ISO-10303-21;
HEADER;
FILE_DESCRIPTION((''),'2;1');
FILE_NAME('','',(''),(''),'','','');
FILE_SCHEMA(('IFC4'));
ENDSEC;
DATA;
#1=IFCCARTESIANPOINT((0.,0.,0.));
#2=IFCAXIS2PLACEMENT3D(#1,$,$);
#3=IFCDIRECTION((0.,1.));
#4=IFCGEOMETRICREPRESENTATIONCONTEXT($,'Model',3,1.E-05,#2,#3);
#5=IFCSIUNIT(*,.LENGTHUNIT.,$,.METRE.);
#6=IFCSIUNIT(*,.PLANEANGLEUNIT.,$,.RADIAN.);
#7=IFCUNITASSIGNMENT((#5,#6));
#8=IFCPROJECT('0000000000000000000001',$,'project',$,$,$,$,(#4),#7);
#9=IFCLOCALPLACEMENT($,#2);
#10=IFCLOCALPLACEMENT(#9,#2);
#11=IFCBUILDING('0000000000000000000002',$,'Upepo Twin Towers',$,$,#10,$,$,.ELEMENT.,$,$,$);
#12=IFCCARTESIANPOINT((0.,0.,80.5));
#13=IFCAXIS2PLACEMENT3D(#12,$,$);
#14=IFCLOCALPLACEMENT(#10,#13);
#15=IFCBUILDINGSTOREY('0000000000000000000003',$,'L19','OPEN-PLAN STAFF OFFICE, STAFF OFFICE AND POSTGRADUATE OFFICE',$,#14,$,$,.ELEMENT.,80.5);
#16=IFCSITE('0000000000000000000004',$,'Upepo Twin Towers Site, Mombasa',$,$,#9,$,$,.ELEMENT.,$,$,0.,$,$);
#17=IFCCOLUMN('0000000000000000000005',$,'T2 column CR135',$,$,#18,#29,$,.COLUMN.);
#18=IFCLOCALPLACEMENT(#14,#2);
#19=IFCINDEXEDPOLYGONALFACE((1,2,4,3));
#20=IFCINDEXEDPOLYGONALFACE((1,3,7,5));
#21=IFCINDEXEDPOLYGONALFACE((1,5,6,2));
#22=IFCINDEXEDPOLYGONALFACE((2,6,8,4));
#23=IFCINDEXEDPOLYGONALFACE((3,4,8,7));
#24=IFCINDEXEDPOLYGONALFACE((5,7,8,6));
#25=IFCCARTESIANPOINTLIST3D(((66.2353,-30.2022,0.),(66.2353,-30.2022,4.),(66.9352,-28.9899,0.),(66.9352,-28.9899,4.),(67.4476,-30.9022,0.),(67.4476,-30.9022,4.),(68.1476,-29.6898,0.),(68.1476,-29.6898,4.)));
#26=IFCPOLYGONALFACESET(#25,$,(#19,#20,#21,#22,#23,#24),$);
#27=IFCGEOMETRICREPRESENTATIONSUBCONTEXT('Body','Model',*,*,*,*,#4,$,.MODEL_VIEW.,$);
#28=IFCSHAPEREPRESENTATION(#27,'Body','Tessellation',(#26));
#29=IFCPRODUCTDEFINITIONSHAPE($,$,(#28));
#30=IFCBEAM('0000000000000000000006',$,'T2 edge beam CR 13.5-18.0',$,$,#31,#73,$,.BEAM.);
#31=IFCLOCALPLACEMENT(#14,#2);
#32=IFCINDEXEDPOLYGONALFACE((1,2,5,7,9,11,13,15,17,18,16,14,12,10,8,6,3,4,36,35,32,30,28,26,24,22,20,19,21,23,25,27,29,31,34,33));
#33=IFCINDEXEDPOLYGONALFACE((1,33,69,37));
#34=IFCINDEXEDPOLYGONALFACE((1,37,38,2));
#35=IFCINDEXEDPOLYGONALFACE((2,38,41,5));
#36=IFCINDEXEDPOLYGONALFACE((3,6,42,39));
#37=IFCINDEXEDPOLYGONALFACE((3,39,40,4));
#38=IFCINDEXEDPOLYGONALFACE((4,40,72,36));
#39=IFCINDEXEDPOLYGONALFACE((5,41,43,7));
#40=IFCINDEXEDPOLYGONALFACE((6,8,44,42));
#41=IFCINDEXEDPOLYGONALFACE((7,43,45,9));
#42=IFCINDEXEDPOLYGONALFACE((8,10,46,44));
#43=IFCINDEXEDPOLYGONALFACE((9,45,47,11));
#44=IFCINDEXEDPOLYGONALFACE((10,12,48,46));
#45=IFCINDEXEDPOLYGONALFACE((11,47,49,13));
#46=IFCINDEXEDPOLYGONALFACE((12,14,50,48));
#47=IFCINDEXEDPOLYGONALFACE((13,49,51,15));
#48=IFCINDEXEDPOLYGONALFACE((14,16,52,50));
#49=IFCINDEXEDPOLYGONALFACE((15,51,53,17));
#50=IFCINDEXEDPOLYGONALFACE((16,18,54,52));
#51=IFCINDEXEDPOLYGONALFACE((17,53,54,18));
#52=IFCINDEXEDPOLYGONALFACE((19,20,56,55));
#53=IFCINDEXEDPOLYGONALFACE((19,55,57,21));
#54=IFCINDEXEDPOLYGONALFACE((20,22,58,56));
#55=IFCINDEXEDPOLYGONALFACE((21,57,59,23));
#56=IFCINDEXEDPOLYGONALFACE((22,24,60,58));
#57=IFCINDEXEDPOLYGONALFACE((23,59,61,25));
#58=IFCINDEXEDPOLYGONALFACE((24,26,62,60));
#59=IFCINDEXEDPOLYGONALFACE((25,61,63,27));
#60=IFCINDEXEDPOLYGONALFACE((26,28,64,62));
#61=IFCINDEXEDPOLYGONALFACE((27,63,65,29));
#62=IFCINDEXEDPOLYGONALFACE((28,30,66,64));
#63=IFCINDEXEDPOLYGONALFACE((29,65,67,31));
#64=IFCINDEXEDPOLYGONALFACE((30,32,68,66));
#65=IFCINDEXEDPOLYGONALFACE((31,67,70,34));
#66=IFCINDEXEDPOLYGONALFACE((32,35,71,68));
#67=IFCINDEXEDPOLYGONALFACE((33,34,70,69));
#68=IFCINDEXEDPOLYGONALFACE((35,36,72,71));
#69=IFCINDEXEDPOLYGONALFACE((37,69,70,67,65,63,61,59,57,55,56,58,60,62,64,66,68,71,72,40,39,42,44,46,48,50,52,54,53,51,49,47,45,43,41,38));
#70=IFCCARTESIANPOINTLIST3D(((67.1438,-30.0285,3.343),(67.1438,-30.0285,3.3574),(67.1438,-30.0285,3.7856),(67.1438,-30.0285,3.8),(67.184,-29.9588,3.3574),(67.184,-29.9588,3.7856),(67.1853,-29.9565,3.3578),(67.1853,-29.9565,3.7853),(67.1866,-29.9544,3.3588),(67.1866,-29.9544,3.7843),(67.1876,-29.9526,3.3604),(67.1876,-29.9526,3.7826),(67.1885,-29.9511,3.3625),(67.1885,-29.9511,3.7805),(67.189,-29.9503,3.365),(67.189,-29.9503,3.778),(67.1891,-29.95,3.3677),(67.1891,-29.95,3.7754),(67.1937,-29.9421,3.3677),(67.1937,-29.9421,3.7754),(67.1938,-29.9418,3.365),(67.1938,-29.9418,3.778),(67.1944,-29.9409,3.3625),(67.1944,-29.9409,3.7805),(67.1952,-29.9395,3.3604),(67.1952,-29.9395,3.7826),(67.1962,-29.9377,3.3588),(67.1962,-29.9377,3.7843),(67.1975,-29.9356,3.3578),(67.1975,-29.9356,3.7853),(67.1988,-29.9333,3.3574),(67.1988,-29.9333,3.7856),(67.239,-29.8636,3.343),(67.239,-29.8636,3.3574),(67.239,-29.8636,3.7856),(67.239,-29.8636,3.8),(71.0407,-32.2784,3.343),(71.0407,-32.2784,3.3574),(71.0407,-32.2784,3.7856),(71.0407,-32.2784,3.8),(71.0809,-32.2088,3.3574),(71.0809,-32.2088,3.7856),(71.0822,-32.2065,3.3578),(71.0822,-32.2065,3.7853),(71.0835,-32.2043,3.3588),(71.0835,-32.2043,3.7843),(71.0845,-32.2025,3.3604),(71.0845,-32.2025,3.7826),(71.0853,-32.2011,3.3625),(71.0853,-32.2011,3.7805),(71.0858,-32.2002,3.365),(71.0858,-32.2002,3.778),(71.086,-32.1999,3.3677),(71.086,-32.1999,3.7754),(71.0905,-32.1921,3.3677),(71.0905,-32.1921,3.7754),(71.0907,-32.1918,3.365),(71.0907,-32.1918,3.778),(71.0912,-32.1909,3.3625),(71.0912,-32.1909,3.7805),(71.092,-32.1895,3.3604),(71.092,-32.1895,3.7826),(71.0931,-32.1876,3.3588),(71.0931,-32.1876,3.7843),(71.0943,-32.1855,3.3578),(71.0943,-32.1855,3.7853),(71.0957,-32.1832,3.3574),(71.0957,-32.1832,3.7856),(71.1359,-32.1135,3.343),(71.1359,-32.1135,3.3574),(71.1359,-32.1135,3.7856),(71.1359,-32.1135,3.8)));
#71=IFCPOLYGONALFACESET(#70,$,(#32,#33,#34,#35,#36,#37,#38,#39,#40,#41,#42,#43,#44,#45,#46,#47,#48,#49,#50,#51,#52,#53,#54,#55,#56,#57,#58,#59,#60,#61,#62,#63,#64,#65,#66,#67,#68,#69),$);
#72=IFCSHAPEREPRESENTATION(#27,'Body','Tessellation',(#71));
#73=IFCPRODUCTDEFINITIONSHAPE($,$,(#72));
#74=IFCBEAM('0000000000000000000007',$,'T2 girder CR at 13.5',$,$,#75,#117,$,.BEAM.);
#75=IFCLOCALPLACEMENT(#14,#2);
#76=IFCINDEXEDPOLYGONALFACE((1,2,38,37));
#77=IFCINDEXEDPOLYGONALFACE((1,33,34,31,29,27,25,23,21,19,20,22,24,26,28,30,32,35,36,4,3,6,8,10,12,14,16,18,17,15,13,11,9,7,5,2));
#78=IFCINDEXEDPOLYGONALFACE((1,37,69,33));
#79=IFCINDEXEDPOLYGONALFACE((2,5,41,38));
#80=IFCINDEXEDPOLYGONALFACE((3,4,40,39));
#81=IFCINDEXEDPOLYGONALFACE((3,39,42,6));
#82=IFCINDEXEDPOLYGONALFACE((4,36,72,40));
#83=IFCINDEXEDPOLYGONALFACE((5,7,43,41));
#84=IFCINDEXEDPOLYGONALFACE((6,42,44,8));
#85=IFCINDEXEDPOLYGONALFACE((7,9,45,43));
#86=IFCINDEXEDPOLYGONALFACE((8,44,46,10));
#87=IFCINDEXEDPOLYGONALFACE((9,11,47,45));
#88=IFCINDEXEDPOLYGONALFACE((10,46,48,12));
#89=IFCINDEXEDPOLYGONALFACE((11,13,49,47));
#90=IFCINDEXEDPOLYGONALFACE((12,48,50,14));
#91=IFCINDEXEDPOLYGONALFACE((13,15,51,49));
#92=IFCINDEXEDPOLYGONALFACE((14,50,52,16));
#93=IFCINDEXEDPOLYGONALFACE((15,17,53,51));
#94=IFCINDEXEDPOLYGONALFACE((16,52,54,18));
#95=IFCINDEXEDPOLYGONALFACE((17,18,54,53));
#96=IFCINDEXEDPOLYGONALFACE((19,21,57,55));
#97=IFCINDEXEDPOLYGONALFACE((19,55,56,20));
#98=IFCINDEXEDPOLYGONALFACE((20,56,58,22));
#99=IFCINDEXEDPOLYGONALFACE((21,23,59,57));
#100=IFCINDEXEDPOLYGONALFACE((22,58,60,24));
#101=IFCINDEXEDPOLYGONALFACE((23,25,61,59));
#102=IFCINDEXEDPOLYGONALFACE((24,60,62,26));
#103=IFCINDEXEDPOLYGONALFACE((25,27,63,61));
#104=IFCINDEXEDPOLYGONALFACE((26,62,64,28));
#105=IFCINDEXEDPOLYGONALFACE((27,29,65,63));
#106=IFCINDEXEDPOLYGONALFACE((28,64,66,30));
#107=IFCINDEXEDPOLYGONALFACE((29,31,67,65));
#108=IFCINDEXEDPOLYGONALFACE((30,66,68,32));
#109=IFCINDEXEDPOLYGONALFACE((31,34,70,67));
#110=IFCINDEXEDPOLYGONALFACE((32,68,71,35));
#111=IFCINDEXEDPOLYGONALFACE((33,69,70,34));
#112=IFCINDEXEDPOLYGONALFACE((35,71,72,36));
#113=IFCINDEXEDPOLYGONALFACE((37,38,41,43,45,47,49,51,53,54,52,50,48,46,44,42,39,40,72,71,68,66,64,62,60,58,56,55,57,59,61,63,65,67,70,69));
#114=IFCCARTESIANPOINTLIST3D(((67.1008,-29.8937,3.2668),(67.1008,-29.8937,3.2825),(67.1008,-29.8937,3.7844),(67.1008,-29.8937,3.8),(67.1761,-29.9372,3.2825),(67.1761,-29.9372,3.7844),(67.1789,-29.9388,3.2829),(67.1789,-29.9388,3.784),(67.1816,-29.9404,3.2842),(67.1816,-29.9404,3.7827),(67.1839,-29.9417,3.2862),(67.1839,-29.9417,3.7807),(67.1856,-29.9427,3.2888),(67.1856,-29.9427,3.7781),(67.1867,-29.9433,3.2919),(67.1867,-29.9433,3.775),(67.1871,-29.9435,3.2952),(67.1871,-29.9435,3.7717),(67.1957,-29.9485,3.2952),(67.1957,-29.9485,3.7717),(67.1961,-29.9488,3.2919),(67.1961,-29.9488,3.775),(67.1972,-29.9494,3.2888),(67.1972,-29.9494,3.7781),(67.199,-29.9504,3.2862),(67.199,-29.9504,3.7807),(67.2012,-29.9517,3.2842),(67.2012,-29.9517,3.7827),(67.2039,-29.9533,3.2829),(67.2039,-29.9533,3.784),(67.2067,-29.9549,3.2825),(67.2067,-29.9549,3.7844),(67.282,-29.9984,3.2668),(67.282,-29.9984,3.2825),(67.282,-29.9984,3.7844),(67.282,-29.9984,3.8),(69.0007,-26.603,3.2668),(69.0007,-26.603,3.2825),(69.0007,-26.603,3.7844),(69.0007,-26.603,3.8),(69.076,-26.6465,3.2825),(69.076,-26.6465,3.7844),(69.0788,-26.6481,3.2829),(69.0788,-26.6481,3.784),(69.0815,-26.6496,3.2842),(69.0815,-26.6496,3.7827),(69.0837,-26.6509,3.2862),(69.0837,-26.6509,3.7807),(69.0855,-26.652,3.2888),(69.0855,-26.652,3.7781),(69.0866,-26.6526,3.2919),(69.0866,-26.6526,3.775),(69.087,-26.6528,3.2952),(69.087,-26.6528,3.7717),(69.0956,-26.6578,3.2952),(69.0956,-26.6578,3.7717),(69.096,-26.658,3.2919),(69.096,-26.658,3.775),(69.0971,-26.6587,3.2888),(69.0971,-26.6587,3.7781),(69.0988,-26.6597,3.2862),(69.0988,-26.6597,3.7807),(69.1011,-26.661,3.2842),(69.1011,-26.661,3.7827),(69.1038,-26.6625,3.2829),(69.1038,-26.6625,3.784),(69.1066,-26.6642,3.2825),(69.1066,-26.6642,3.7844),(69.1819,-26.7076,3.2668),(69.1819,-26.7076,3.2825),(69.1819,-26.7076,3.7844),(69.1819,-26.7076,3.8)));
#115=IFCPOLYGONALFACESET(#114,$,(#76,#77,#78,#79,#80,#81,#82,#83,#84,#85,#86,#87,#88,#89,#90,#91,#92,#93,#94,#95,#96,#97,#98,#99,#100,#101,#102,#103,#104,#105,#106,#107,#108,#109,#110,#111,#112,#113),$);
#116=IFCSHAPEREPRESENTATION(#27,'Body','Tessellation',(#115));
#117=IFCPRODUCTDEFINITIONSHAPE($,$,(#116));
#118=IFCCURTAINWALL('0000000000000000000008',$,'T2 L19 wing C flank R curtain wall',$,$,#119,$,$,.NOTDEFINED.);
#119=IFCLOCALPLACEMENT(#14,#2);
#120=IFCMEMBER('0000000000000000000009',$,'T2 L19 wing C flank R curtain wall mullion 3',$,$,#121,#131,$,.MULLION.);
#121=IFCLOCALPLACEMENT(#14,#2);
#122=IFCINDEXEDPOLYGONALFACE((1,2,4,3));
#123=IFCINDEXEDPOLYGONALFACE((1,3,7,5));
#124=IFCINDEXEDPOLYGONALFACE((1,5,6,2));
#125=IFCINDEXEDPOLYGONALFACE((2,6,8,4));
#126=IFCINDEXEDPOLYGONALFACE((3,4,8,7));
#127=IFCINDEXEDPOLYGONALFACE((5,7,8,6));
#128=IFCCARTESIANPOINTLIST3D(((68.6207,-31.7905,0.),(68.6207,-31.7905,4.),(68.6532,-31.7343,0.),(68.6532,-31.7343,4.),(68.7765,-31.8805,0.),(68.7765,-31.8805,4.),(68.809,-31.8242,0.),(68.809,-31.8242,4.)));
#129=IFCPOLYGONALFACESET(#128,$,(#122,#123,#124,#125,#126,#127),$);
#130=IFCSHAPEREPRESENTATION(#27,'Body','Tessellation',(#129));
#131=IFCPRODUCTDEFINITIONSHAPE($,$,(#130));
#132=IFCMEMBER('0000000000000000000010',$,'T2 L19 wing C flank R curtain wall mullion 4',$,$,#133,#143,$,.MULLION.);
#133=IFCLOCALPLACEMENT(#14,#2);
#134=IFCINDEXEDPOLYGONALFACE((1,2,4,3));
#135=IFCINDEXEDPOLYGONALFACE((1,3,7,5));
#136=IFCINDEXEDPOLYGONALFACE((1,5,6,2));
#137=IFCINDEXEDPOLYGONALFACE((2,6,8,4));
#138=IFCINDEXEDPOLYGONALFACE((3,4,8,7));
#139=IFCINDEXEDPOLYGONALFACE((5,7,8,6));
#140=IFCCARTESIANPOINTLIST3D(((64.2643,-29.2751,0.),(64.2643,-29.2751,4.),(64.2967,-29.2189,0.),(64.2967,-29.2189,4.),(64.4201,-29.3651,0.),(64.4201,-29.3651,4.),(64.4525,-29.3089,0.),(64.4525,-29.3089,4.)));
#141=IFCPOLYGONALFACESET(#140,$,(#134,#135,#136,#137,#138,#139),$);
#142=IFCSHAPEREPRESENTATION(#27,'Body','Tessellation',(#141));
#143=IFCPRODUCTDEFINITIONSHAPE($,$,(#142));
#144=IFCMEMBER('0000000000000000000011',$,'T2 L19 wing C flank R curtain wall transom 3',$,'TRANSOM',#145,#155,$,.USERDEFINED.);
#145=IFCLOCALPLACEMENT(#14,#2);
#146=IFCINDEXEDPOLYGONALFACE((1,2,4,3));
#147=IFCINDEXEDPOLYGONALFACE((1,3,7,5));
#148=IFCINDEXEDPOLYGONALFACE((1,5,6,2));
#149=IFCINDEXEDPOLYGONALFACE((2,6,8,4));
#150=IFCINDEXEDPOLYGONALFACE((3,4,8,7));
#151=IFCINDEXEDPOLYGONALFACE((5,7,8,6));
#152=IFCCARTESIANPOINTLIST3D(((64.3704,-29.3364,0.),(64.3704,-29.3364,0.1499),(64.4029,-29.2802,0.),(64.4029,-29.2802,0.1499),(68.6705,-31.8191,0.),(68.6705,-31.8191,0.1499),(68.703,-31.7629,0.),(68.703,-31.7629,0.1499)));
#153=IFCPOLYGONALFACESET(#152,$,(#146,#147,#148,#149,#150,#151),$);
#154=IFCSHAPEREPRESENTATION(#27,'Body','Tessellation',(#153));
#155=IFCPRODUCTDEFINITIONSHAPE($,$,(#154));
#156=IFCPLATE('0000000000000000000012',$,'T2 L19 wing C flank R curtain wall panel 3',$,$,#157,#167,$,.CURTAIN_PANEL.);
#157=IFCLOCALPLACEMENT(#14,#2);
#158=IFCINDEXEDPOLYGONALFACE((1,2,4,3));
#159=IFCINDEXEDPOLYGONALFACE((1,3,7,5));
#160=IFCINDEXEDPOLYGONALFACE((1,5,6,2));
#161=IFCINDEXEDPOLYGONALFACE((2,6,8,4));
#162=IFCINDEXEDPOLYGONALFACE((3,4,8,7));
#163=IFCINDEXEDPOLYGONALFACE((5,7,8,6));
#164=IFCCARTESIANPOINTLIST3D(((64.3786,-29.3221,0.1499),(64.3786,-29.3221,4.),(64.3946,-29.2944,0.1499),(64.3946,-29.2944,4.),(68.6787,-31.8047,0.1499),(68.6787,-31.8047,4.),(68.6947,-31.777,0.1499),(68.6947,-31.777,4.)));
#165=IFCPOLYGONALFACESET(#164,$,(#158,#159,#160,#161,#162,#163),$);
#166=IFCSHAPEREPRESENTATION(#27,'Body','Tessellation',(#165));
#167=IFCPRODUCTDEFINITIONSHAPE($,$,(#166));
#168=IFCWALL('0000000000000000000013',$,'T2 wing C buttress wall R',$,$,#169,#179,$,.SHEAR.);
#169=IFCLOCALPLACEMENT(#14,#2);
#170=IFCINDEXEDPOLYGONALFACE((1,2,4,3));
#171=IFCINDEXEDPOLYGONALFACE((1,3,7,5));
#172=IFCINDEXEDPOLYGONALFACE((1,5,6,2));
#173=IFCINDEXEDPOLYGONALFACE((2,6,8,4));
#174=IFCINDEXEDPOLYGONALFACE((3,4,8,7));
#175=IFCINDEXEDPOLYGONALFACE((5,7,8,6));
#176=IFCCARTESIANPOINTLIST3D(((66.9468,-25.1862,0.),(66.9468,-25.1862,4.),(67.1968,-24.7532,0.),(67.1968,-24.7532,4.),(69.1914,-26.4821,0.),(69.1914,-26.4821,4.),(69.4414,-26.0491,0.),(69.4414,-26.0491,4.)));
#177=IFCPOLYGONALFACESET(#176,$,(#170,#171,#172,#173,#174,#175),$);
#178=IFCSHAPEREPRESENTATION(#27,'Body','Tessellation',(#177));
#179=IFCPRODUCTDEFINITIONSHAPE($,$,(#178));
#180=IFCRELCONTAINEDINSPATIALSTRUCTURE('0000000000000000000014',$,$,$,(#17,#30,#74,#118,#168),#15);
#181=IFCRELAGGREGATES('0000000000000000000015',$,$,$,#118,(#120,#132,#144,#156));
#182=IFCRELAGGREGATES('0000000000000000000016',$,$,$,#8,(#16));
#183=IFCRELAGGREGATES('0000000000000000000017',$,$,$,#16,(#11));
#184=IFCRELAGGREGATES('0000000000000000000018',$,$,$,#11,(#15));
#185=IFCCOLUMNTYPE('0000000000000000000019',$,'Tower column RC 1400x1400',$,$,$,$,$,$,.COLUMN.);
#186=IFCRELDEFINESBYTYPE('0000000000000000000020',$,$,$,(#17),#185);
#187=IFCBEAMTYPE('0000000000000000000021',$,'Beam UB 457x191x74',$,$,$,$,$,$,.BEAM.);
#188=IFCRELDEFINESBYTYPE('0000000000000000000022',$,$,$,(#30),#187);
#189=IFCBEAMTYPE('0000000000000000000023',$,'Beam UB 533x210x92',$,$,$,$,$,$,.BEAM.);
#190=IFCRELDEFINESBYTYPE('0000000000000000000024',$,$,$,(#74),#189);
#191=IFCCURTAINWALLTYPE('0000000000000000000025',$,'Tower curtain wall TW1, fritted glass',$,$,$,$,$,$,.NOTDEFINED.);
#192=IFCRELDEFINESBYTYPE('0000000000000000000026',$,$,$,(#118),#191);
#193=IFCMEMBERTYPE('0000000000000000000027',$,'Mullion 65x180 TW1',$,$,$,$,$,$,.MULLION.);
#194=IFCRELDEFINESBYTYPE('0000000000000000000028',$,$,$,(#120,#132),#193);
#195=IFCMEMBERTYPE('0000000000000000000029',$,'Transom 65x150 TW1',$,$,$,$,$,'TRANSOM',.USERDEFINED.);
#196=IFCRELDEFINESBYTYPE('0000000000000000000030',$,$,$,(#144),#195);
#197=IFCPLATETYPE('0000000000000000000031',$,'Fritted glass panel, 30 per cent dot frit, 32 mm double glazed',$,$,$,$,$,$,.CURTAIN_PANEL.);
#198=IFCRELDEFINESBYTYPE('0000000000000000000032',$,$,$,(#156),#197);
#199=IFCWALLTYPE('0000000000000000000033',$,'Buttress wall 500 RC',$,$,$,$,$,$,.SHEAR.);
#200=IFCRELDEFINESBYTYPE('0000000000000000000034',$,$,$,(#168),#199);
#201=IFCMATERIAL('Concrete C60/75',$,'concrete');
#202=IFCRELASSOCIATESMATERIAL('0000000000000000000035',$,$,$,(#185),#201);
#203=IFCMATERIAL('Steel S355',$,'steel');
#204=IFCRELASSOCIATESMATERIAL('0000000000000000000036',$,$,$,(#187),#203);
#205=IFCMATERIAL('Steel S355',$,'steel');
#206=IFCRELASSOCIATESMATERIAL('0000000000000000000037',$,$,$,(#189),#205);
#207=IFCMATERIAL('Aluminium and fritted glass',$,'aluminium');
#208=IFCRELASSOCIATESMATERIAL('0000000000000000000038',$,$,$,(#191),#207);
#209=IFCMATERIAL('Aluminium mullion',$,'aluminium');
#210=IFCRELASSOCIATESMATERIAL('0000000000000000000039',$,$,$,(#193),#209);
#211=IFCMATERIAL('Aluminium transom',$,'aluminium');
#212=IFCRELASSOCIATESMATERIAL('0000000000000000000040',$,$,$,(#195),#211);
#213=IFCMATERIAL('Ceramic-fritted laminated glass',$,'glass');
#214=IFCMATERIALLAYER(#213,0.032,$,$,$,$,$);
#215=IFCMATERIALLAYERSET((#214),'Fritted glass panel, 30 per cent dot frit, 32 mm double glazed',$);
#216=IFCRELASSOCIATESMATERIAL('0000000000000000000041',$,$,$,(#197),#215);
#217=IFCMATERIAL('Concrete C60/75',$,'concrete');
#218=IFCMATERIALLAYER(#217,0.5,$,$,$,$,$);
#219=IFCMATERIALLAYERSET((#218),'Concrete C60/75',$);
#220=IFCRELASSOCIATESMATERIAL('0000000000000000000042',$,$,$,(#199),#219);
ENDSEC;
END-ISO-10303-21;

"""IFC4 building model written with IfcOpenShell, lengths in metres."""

from ifc_helpers import new_model, si_unit, direction, frame, frame_2d, origin, origin_2d, place, context, subcontext, project, spatial, rectangle, i_section, extrude, material, layer, layer_set, material_profile, profile_set, type_object, element, aggregate, save


model = new_model("IFC4")

# Units and contexts
model_context = context("Model", 3, precision=1e-05, world=origin(), true_north=direction((0.0, 1.0)))
body_context = subcontext(model_context, "Body", "Model", "MODEL_VIEW")
ifc_project = project(units=[si_unit("LENGTHUNIT", "METRE"), si_unit("PLANEANGLEUNIT", "RADIAN")], contexts=[model_context])

# Site, building, storey
site_placement = place(None, origin())
site = spatial("IfcSite", under=ifc_project, at=site_placement, Name="Upepo Twin Towers Site, Mombasa", CompositionType="ELEMENT", RefElevation=0.0)
building_placement = place(site_placement, origin())
building = spatial("IfcBuilding", under=site, at=building_placement, Name="Upepo Twin Towers", CompositionType="ELEMENT")
storey_placement = place(building_placement, frame((0.0, 0.0, 80.5)))
storey = spatial("IfcBuildingStorey", under=building, at=storey_placement, Name="L19", Description="OPEN-PLAN STAFF OFFICE, STAFF OFFICE AND POSTGRADUATE OFFICE", CompositionType="ELEMENT", Elevation=80.5)

# Column
ifc_material_1 = material(Name="Concrete C60/75", Category="concrete")
ifc_material_profile_1 = material_profile(ifc_material_1, rectangle(XDim=1.3999, YDim=1.3999, at=origin_2d()), Name="RC 1400x1400")
ifc_profile_set_1 = profile_set([ifc_material_profile_1], Name="Concrete C60/75")
column_type = type_object("IfcColumnType", Name="Tower column RC 1400x1400", PredefinedType="COLUMN", material=ifc_profile_set_1)
column_placement = place(storey_placement, frame((67.1914, -29.946, 0.0), z_axis=(0.0, 0.0, 1.0), x_axis=(0.5, 0.866025, 0.0)))
element("IfcColumn", 1, at=column_placement, inside=storey, type_object=column_type, Name="T2 column CR135", PredefinedType="COLUMN", context=body_context, shape_type="SweptSolid", body=[
    extrude(rectangle(XDim=1.3999, YDim=1.3999, at=origin_2d()), origin(), (0.0, 0.0, 1.0), 4.0),
])

# Beams
ifc_material_2 = material(Name="Steel S355", Category="steel")
ifc_material_profile_2 = material_profile(ifc_material_2, i_section(OverallWidth=0.1904, OverallDepth=0.457, WebThickness=0.009, FlangeThickness=0.0144, FilletRadius=0.0103, at=origin_2d()), Name="UB 457x191x74")
ifc_profile_set_2 = profile_set([ifc_material_profile_2], Name="Steel S355")
beam_type_1 = type_object("IfcBeamType", Name="Beam UB 457x191x74", PredefinedType="BEAM", material=ifc_profile_set_2)
beam_1_placement = place(storey_placement, frame((67.1914, -29.946, 3.5715), z_axis=(0.866018, -0.500014, 0.0), x_axis=(0.500014, 0.866018, 0.0)))
element("IfcBeam", 2, at=beam_1_placement, inside=storey, type_object=beam_type_1, Name="T2 edge beam CR 13.5-18.0", PredefinedType="BEAM", context=body_context, shape_type="SweptSolid", body=[
    extrude(i_section(OverallWidth=0.1904, OverallDepth=0.457, WebThickness=0.009, FlangeThickness=0.0144, FilletRadius=0.0103, at=origin_2d()), origin(), (0.0, 0.0, 1.0), 4.4998),
])
ifc_material_3 = material(Name="Steel S355", Category="steel")
ifc_material_profile_3 = material_profile(ifc_material_3, i_section(OverallWidth=0.2092, OverallDepth=0.5332, WebThickness=0.01, FlangeThickness=0.0156, FilletRadius=0.0127, at=origin_2d()), Name="UB 533x210x92")
ifc_profile_set_3 = profile_set([ifc_material_profile_3], Name="Steel S355")
beam_type_2 = type_object("IfcBeamType", Name="Beam UB 533x210x92", PredefinedType="BEAM", material=ifc_profile_set_3)
beam_2_placement = place(storey_placement, frame((67.1914, -29.946, 3.5334), z_axis=(0.499995, 0.866028, 0.0), x_axis=(-0.866028, 0.499995, 0.0)))
element("IfcBeam", 3, at=beam_2_placement, inside=storey, type_object=beam_type_2, Name="T2 girder CR at 13.5", PredefinedType="BEAM", context=body_context, shape_type="SweptSolid", body=[
    extrude(i_section(OverallWidth=0.2092, OverallDepth=0.5332, WebThickness=0.01, FlangeThickness=0.0156, FilletRadius=0.0127, at=origin_2d()), origin(), (0.0, 0.0, 1.0), 3.7998),
])

# Curtain wall, members, plate
ifc_material_4 = material(Name="Aluminium and fritted glass", Category="aluminium")
curtain_wall_type = type_object("IfcCurtainWallType", Name="Tower curtain wall TW1, fritted glass", PredefinedType="NOTDEFINED", material=ifc_material_4)
curtain_wall_placement = place(storey_placement, origin())
curtain_wall = element("IfcCurtainWall", 4, at=curtain_wall_placement, inside=storey, type_object=curtain_wall_type, Name="T2 L19 wing C flank R curtain wall", PredefinedType="NOTDEFINED")
ifc_material_5 = material(Name="Aluminium mullion", Category="aluminium")
ifc_material_profile_4 = material_profile(ifc_material_5, rectangle(XDim=0.0649, YDim=0.1799, at=origin_2d()), Name="MULLION 65x180")
ifc_profile_set_4 = profile_set([ifc_material_profile_4], Name="Aluminium mullion")
member_type_1 = type_object("IfcMemberType", Name="Mullion 65x180 TW1", PredefinedType="MULLION", material=ifc_profile_set_4)
member_1_placement = place(storey_placement, frame((68.7148, -31.8074, 0.0), z_axis=(0.0, 0.0, 1.0), x_axis=(-0.5, -0.866025, 0.0)))
member_1 = element("IfcMember", 5, at=member_1_placement, type_object=member_type_1, Name="T2 L19 wing C flank R curtain wall mullion 3", PredefinedType="MULLION", context=body_context, shape_type="SweptSolid", body=[
    extrude(rectangle(XDim=0.0649, YDim=0.1799, at=origin_2d()), origin(), (0.0, 0.0, 1.0), 4.0),
])
member_2_placement = place(storey_placement, frame((64.3584, -29.292, 0.0), z_axis=(0.0, 0.0, 1.0), x_axis=(-0.5, -0.866025, 0.0)))
member_2 = element("IfcMember", 6, at=member_2_placement, type_object=member_type_1, Name="T2 L19 wing C flank R curtain wall mullion 4", PredefinedType="MULLION", context=body_context, shape_type="SweptSolid", body=[
    extrude(rectangle(XDim=0.0649, YDim=0.1799, at=origin_2d()), origin(), (0.0, 0.0, 1.0), 4.0),
])
ifc_material_6 = material(Name="Aluminium transom", Category="aluminium")
ifc_material_profile_5 = material_profile(ifc_material_6, rectangle(XDim=0.0649, YDim=0.1499, at=origin_2d()), Name="TRANSOM 65x150")
ifc_profile_set_5 = profile_set([ifc_material_profile_5], Name="Aluminium transom")
member_type_2 = type_object("IfcMemberType", Name="Transom 65x150 TW1", ElementType="TRANSOM", PredefinedType="USERDEFINED", material=ifc_profile_set_5)
member_3_placement = place(storey_placement, frame((68.6868, -31.791, 0.075), z_axis=(-0.866023, 0.500005, 0.0), x_axis=(-0.500005, -0.866023, 0.0)))
member_3 = element("IfcMember", 7, at=member_3_placement, type_object=member_type_2, Name="T2 L19 wing C flank R curtain wall transom 3", ObjectType="TRANSOM", PredefinedType="USERDEFINED", context=body_context, shape_type="SweptSolid", body=[
    extrude(rectangle(XDim=0.0649, YDim=0.1499, at=origin_2d()), origin(), (0.0, 0.0, 1.0), 4.9653),
])
ifc_material_7 = material(Name="Ceramic-fritted laminated glass", Category="glass")
ifc_layer_1 = layer(ifc_material_7, 0.032)
ifc_layer_set_1 = layer_set([ifc_layer_1], Name="Fritted glass panel, 30 per cent dot frit, 32 mm double glazed")
plate_type = type_object("IfcPlateType", Name="Fritted glass panel, 30 per cent dot frit, 32 mm double glazed", PredefinedType="CURTAIN_PANEL", material=ifc_layer_set_1)
plate_placement = place(storey_placement, frame((66.5366, -30.5496, 0.1499), z_axis=(0.0, 0.0, 1.0), x_axis=(-0.866025, 0.5, 0.0)))
plate = element("IfcPlate", 8, at=plate_placement, type_object=plate_type, Name="T2 L19 wing C flank R curtain wall panel 3", PredefinedType="CURTAIN_PANEL", context=body_context, shape_type="SweptSolid", body=[
    extrude(rectangle(XDim=4.9653, YDim=0.032, at=origin_2d()), origin(), (0.0, 0.0, 1.0), 3.8501),
])
aggregate(curtain_wall, [member_1, member_2, member_3, plate])

# Wall
ifc_material_8 = material(Name="Concrete C60/75", Category="concrete")
ifc_layer_2 = layer(ifc_material_8, 0.5)
ifc_layer_set_2 = layer_set([ifc_layer_2], Name="Concrete C60/75")
wall_type_1 = type_object("IfcWallType", Name="Buttress wall 500 RC", PredefinedType="SHEAR", material=ifc_layer_set_2)
wall_1_placement = place(storey_placement, frame((67.0718, -24.9697, 0.0), z_axis=(0.0, 0.0, 1.0), x_axis=(0.866032, -0.499989, 0.0)))
element("IfcWall", 9, at=wall_1_placement, inside=storey, type_object=wall_type_1, Name="T2 wing C buttress wall R", PredefinedType="SHEAR", context=body_context, shape_type="SweptSolid", body=[
    extrude(rectangle(XDim=2.5918, YDim=0.5, at=frame_2d((1.2959, 0.0))), origin(), (0.0, 0.0, 1.0), 4.0),
])

save(model, "model.ifc")
